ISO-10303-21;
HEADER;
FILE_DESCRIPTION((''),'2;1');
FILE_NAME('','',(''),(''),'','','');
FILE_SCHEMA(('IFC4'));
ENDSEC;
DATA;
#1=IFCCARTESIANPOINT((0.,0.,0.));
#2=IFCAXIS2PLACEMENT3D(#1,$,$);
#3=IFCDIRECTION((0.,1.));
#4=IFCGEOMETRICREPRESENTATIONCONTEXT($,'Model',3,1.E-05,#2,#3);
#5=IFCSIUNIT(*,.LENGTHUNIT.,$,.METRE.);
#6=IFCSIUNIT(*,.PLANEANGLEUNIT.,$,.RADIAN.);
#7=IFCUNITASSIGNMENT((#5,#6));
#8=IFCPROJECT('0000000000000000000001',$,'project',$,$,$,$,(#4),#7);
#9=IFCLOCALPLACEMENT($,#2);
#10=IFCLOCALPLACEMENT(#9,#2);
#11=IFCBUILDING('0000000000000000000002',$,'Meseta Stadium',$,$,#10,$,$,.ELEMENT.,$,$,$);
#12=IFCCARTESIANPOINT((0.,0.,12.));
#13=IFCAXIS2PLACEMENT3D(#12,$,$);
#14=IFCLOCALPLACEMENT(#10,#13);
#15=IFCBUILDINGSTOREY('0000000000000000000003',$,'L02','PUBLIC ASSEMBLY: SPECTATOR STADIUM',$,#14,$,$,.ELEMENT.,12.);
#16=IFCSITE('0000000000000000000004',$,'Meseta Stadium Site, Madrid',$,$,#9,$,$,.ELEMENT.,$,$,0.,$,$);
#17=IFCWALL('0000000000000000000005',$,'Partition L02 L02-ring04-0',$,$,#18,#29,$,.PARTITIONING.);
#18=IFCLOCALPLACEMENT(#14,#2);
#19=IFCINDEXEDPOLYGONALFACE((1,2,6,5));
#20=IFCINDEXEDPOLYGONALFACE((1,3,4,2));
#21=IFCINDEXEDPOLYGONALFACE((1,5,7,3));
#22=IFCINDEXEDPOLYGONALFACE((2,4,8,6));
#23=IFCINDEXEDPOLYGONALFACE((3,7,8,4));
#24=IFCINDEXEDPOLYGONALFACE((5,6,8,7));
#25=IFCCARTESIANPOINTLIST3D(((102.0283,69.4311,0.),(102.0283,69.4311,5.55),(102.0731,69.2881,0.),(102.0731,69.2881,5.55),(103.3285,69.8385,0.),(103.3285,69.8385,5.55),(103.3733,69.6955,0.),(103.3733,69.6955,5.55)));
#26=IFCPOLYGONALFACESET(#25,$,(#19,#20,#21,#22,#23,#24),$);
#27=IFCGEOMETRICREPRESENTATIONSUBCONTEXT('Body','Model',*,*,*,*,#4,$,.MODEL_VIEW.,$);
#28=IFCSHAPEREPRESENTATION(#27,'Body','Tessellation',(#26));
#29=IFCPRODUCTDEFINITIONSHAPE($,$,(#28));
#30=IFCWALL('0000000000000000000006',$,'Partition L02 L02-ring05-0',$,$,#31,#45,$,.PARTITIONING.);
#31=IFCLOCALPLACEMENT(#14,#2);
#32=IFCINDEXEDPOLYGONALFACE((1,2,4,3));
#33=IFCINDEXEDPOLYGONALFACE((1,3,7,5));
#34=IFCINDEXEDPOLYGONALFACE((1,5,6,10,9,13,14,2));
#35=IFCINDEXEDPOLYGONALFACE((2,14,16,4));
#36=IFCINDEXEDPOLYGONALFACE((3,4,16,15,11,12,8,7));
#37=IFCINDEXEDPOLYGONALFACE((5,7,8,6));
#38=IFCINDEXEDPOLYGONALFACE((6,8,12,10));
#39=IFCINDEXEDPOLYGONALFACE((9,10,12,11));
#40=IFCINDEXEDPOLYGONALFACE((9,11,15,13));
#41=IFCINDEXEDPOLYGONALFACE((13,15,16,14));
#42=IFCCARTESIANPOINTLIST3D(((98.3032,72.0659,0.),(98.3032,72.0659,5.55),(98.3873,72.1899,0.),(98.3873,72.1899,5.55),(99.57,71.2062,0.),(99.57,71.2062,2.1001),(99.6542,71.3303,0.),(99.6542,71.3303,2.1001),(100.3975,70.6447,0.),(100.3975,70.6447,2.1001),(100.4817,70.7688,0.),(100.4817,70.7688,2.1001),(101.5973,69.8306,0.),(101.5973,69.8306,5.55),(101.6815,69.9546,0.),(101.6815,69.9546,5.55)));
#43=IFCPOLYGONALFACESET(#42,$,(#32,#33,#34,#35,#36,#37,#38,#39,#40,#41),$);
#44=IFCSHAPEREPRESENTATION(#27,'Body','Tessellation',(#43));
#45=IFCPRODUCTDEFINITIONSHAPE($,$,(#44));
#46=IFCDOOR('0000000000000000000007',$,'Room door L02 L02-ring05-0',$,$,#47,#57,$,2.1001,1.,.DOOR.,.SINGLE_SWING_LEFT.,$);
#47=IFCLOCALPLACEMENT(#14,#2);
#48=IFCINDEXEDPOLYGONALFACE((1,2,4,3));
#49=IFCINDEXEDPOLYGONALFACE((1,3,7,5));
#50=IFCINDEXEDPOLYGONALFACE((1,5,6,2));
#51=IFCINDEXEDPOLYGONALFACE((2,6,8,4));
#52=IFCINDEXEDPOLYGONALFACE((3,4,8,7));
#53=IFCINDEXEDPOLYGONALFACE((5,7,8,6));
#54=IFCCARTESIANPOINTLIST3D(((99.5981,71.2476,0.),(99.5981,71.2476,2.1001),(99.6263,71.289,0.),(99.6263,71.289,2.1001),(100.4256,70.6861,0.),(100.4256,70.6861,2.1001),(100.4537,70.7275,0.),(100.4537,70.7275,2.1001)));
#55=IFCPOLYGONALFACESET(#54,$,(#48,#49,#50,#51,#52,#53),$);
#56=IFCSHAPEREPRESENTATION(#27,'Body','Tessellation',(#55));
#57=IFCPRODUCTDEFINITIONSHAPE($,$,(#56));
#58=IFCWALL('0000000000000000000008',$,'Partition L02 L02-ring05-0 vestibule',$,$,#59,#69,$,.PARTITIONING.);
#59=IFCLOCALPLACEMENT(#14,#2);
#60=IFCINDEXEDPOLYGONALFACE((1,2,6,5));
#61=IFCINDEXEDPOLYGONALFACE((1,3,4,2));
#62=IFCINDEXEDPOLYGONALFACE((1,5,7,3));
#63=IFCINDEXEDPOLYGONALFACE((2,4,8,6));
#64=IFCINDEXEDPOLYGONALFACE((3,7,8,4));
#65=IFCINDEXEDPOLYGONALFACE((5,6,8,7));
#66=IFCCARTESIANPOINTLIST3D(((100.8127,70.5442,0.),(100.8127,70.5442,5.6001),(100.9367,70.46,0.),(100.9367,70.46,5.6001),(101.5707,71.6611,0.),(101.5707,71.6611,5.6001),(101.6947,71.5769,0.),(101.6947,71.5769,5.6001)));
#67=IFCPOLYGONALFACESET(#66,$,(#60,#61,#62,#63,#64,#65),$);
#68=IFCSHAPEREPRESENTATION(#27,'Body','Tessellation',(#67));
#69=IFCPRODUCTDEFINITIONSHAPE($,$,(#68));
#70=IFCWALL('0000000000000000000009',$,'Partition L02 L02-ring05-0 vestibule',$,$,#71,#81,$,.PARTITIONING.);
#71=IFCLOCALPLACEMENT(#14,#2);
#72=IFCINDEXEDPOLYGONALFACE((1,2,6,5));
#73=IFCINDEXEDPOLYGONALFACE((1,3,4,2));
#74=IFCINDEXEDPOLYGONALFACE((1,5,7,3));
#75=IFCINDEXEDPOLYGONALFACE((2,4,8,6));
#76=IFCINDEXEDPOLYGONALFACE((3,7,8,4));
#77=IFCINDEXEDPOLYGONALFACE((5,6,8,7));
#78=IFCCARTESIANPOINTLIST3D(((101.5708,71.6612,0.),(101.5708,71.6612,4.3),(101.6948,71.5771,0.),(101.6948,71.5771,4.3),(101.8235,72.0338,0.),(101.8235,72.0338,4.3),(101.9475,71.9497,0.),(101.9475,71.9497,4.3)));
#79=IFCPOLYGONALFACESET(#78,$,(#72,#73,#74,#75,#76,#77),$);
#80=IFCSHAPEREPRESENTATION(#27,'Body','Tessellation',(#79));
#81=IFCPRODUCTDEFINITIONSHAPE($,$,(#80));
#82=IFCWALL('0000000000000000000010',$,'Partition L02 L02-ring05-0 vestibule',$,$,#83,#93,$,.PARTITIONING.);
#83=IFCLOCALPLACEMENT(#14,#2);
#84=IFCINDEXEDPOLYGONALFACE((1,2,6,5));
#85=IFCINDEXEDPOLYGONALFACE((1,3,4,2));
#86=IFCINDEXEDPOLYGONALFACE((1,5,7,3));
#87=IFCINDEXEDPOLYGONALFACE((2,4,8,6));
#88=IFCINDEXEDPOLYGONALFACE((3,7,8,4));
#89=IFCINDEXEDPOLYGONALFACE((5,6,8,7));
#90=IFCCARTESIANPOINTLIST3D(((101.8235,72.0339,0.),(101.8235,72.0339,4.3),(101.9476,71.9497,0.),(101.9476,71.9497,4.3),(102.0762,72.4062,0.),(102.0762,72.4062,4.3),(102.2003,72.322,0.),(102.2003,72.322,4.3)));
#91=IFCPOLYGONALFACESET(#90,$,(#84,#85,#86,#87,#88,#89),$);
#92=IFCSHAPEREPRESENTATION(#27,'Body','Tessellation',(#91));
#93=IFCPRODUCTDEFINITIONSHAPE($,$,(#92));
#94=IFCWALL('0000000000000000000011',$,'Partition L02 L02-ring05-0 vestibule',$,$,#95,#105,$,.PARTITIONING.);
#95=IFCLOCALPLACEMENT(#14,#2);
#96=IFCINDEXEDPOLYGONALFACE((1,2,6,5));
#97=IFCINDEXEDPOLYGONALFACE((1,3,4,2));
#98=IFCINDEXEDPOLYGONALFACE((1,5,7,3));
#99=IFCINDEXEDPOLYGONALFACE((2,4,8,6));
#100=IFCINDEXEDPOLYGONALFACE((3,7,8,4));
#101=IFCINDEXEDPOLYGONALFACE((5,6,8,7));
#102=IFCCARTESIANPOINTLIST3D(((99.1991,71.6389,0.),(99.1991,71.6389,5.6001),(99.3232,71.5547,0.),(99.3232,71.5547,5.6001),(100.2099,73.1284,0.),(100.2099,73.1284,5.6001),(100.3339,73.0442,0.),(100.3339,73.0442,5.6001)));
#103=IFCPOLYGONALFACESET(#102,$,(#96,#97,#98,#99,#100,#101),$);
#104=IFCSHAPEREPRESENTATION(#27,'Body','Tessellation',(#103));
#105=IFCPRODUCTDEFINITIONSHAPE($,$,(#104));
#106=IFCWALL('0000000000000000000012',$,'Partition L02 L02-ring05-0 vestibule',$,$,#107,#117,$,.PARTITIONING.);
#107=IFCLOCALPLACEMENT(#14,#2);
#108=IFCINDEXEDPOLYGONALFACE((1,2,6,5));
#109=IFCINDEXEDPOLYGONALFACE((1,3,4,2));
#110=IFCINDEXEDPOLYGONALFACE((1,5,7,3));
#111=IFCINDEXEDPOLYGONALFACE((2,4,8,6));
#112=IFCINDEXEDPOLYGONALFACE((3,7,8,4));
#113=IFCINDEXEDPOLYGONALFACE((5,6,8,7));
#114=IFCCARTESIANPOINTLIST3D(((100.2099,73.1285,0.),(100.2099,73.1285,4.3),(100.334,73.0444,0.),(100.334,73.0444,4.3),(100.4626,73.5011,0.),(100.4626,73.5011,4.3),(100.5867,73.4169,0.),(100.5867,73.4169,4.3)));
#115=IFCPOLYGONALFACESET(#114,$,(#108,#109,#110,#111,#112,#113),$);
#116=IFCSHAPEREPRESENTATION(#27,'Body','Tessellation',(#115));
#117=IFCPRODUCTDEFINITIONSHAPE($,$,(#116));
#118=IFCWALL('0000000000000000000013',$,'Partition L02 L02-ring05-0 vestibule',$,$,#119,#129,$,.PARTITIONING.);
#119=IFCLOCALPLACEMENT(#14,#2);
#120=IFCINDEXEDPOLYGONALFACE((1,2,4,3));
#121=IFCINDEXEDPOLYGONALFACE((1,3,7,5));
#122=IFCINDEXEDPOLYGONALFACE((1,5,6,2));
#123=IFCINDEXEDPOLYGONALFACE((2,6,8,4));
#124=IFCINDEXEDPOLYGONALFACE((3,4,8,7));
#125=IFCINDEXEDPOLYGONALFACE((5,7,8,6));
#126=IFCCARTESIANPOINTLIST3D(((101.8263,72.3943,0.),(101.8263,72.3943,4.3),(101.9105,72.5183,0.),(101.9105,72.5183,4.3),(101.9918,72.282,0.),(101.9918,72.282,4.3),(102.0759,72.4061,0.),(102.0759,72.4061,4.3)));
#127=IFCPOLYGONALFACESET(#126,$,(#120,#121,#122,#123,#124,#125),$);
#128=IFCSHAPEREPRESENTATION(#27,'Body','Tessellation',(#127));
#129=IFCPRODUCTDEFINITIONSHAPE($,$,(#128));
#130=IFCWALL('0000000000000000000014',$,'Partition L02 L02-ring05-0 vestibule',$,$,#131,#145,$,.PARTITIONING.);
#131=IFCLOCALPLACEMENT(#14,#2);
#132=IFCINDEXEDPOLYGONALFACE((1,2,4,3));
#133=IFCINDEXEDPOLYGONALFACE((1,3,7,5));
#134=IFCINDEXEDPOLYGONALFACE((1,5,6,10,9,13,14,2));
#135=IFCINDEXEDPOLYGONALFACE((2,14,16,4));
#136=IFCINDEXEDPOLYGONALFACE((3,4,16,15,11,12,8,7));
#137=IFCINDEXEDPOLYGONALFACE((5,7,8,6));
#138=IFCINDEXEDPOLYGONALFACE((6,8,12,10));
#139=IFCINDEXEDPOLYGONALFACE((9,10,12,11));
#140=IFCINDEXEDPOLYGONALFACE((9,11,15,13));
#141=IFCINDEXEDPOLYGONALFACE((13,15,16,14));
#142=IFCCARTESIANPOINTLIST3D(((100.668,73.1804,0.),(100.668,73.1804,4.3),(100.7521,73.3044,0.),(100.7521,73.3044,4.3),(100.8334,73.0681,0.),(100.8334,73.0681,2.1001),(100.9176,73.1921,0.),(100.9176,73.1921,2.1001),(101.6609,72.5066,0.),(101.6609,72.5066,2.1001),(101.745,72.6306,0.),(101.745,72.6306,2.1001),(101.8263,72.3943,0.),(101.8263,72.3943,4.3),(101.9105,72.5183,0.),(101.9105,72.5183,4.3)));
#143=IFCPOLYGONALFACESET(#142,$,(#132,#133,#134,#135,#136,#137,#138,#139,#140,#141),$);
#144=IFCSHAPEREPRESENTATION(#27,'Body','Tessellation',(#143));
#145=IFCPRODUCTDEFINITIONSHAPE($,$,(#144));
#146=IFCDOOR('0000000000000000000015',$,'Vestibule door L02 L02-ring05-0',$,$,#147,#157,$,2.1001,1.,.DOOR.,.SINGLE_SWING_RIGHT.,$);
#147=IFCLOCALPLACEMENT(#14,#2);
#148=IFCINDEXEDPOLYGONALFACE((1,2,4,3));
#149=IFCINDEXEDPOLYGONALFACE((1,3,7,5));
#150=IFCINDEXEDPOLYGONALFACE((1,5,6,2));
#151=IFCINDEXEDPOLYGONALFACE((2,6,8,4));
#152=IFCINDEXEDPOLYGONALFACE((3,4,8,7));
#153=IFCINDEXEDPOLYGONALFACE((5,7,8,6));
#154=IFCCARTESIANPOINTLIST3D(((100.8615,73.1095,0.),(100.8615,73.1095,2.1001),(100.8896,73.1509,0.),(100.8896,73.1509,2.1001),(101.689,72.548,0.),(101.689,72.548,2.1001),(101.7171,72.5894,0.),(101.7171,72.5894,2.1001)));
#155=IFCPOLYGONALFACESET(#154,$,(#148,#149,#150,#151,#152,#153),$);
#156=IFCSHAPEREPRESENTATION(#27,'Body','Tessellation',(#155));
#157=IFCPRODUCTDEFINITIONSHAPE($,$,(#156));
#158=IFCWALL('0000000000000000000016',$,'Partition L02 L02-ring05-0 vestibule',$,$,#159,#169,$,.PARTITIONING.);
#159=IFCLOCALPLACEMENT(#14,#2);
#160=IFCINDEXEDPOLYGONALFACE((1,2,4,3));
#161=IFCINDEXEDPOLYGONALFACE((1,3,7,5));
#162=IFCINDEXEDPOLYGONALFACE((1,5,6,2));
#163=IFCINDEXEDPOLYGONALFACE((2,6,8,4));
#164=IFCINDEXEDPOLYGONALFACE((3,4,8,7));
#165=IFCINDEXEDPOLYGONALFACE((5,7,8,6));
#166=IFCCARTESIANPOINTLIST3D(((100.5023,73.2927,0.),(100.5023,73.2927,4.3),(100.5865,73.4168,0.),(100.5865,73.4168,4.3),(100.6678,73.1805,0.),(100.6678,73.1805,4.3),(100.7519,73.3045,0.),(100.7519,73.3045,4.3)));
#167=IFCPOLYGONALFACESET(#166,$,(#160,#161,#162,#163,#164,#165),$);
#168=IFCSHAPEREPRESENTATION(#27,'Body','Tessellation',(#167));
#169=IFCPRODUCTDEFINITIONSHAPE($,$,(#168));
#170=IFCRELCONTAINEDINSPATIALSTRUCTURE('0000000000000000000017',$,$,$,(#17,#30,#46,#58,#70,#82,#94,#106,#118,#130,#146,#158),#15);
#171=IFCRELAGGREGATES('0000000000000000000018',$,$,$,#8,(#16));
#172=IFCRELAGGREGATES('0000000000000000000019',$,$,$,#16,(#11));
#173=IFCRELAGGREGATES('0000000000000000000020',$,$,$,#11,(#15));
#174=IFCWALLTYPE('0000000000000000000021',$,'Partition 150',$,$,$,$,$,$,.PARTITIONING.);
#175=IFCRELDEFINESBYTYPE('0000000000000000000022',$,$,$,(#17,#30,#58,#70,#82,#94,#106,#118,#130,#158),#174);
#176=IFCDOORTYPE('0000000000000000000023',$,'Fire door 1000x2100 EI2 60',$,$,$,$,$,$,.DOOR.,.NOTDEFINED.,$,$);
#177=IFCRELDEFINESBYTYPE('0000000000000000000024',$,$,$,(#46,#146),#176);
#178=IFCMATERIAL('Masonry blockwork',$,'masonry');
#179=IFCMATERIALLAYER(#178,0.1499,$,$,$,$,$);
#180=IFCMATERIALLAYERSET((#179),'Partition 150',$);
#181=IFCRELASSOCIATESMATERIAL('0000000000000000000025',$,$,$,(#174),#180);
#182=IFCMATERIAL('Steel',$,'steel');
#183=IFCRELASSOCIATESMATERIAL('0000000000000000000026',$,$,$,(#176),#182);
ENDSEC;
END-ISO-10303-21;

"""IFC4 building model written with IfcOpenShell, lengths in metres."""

from ifc_helpers import new_model, si_unit, direction, frame, frame_2d, origin, place, context, subcontext, project, spatial, rectangle, extrude, material, layer, layer_set, type_object, element, fill, save


model = new_model("IFC4")

# Units and contexts
model_context = context("Model", 3, precision=1e-05, world=origin(), true_north=direction((0.0, 1.0)))
body_context = subcontext(model_context, "Body", "Model", "MODEL_VIEW")
ifc_project = project(units=[si_unit("LENGTHUNIT", "METRE"), si_unit("PLANEANGLEUNIT", "RADIAN")], contexts=[model_context])

# Site, building, storey
site_placement = place(None, origin())
site = spatial("IfcSite", under=ifc_project, at=site_placement, Name="Meseta Stadium Site, Madrid", CompositionType="ELEMENT", RefElevation=0.0)
building_placement = place(site_placement, origin())
building = spatial("IfcBuilding", under=site, at=building_placement, Name="Meseta Stadium", CompositionType="ELEMENT")
storey_placement = place(building_placement, frame((0.0, 0.0, 12.0)))
storey = spatial("IfcBuildingStorey", under=building, at=storey_placement, Name="L02", Description="PUBLIC ASSEMBLY: SPECTATOR STADIUM", CompositionType="ELEMENT", Elevation=12.0)

# Wall
ifc_material_1 = material(Name="Masonry blockwork", Category="masonry")
ifc_layer_1 = layer(ifc_material_1, 0.1499)
ifc_layer_set_1 = layer_set([ifc_layer_1], Name="Partition 150")
wall_type_1 = type_object("IfcWallType", Name="Partition 150", PredefinedType="PARTITIONING", material=ifc_layer_set_1)
wall_1_placement = place(storey_placement, frame((102.0508, 69.3596, 0.0), z_axis=(0.0, 0.0, 1.0), x_axis=(0.954244, 0.29903, 0.0)))
element("IfcWall", 1, at=wall_1_placement, inside=storey, type_object=wall_type_1, Name="Partition L02 L02-ring04-0", PredefinedType="PARTITIONING", context=body_context, shape_type="SweptSolid", body=[
    extrude(rectangle(XDim=1.3625, YDim=0.1499, at=frame_2d((0.6812, 0.0))), origin(), (0.0, 0.0, 1.0), 5.55),
])

# Wall, opening, door
wall_2_placement = place(storey_placement, frame((101.6394, 69.8926, 0.0), z_axis=(0.0, 0.0, 1.0), x_axis=(-0.827475, 0.561503, 0.0)))
wall_2 = element("IfcWall", 2, at=wall_2_placement, inside=storey, type_object=wall_type_1, Name="Partition L02 L02-ring05-0", PredefinedType="PARTITIONING", context=body_context, shape_type="SweptSolid", body=[
    extrude(rectangle(XDim=3.981, YDim=0.1499, at=frame_2d((1.9905, 0.0))), origin(), (0.0, 0.0, 1.0), 5.55),
])
opening_1_placement = place(wall_2_placement, frame((1.45, 0.0, 0.0)))
opening_1 = element("IfcOpeningElement", 3, at=opening_1_placement, cuts=wall_2, PredefinedType="OPENING", context=body_context, shape_type="SweptSolid", body=[
    extrude(rectangle(XDim=1.0, YDim=2.1001, at=frame_2d((0.5, 1.05))), frame((0.0, 0.085, 0.0), z_axis=(0.0, -1.0, 0.0), x_axis=(1.0, 0.0, 0.0)), (0.0, 0.0, 1.0), 0.1699),
])
ifc_material_2 = material(Name="Steel", Category="steel")
door_type = type_object("IfcDoorType", Name="Fire door 1000x2100 EI2 60", OperationType="NOTDEFINED", PredefinedType="DOOR", material=ifc_material_2)
door_1_placement = place(opening_1_placement, origin())
door_1 = element("IfcDoor", 4, at=door_1_placement, inside=storey, type_object=door_type, Name="Room door L02 L02-ring05-0", OperationType="SINGLE_SWING_LEFT", OverallHeight=2.1001, OverallWidth=1.0, PredefinedType="DOOR", context=body_context, shape_type="SweptSolid", body=[
    extrude(rectangle(XDim=1.0, YDim=2.1001, at=frame_2d((0.5, 1.05))), frame((0.0, 0.0249, 0.0), z_axis=(0.0, -1.0, 0.0), x_axis=(1.0, 0.0, 0.0)), (0.0, 0.0, 1.0), 0.05),
])
fill(opening_1, door_1)

# Walls
wall_3_placement = place(storey_placement, frame((100.8748, 70.5022, 0.0), z_axis=(0.0, 0.0, 1.0), x_axis=(0.561568, 0.827431, 0.0)))
element("IfcWall", 5, at=wall_3_placement, inside=storey, type_object=wall_type_1, Name="Partition L02 L02-ring05-0 vestibule", PredefinedType="PARTITIONING", context=body_context, shape_type="SweptSolid", body=[
    extrude(rectangle(XDim=1.3499, YDim=0.1499, at=frame_2d((0.6748, 0.0))), origin(), (0.0, 0.0, 1.0), 5.6001),
])
wall_4_placement = place(storey_placement, frame((101.6328, 71.6191, 0.0), z_axis=(0.0, 0.0, 1.0), x_axis=(0.561316, 0.827602, 0.0)))
element("IfcWall", 6, at=wall_4_placement, inside=storey, type_object=wall_type_1, Name="Partition L02 L02-ring05-0 vestibule", PredefinedType="PARTITIONING", context=body_context, shape_type="SweptSolid", body=[
    extrude(rectangle(XDim=0.4502, YDim=0.1499, at=frame_2d((0.2251, 0.0))), origin(), (0.0, 0.0, 1.0), 4.3),
])
wall_5_placement = place(storey_placement, frame((101.8855, 71.9917, 0.0), z_axis=(0.0, 0.0, 1.0), x_axis=(0.561568, 0.827431, 0.0)))
element("IfcWall", 7, at=wall_5_placement, inside=storey, type_object=wall_type_1, Name="Partition L02 L02-ring05-0 vestibule", PredefinedType="PARTITIONING", context=body_context, shape_type="SweptSolid", body=[
    extrude(rectangle(XDim=0.45, YDim=0.1499, at=frame_2d((0.2251, 0.0))), origin(), (0.0, 0.0, 1.0), 4.3),
])
wall_6_placement = place(storey_placement, frame((99.2612, 71.5969, 0.0), z_axis=(0.0, 0.0, 1.0), x_axis=(0.561505, 0.827474, 0.0)))
element("IfcWall", 8, at=wall_6_placement, inside=storey, type_object=wall_type_1, Name="Partition L02 L02-ring05-0 vestibule", PredefinedType="PARTITIONING", context=body_context, shape_type="SweptSolid", body=[
    extrude(rectangle(XDim=1.8, YDim=0.1499, at=frame_2d((0.8999, 0.0))), origin(), (0.0, 0.0, 1.0), 5.6001),
])
wall_7_placement = place(storey_placement, frame((100.272, 73.0864, 0.0), z_axis=(0.0, 0.0, 1.0), x_axis=(0.561316, 0.827602, 0.0)))
element("IfcWall", 9, at=wall_7_placement, inside=storey, type_object=wall_type_1, Name="Partition L02 L02-ring05-0 vestibule", PredefinedType="PARTITIONING", context=body_context, shape_type="SweptSolid", body=[
    extrude(rectangle(XDim=0.4502, YDim=0.1499, at=frame_2d((0.2251, 0.0))), origin(), (0.0, 0.0, 1.0), 4.3),
])
wall_8_placement = place(storey_placement, frame((102.0339, 72.344, 0.0), z_axis=(0.0, 0.0, 1.0), x_axis=(-0.827516, 0.561442, 0.0)))
element("IfcWall", 10, at=wall_8_placement, inside=storey, type_object=wall_type_1, Name="Partition L02 L02-ring05-0 vestibule", PredefinedType="PARTITIONING", context=body_context, shape_type="SweptSolid", body=[
    extrude(rectangle(XDim=0.2, YDim=0.1499, at=frame_2d((0.1001, 0.0))), origin(), (0.0, 0.0, 1.0), 4.3),
])

# Wall, opening, door
wall_9_placement = place(storey_placement, frame((101.8684, 72.4563, 0.0), z_axis=(0.0, 0.0, 1.0), x_axis=(-0.827461, 0.561523, 0.0)))
wall_9 = element("IfcWall", 11, at=wall_9_placement, inside=storey, type_object=wall_type_1, Name="Partition L02 L02-ring05-0 vestibule", PredefinedType="PARTITIONING", context=body_context, shape_type="SweptSolid", body=[
    extrude(rectangle(XDim=1.3999, YDim=0.1499, at=frame_2d((0.7, 0.0))), origin(), (0.0, 0.0, 1.0), 4.3),
])
opening_2_placement = place(wall_9_placement, frame((0.2, 0.0, 0.0)))
opening_2 = element("IfcOpeningElement", 12, at=opening_2_placement, cuts=wall_9, PredefinedType="OPENING", context=body_context, shape_type="SweptSolid", body=[
    extrude(rectangle(XDim=1.0, YDim=2.1001, at=frame_2d((0.5, 1.05))), frame((0.0, 0.085, 0.0), z_axis=(0.0, -1.0, 0.0), x_axis=(1.0, 0.0, 0.0)), (0.0, 0.0, 1.0), 0.1699),
])
door_2_placement = place(opening_2_placement, origin())
door_2 = element("IfcDoor", 13, at=door_2_placement, inside=storey, type_object=door_type, Name="Vestibule door L02 L02-ring05-0", OperationType="SINGLE_SWING_RIGHT", OverallHeight=2.1001, OverallWidth=1.0, PredefinedType="DOOR", context=body_context, shape_type="SweptSolid", body=[
    extrude(rectangle(XDim=1.0, YDim=2.1001, at=frame_2d((0.5, 1.05))), frame((0.0, 0.0249, 0.0), z_axis=(0.0, -1.0, 0.0), x_axis=(1.0, 0.0, 0.0)), (0.0, 0.0, 1.0), 0.05),
])
fill(opening_2, door_2)

# Wall
wall_10_placement = place(storey_placement, frame((100.71, 73.2424, 0.0), z_axis=(0.0, 0.0, 1.0), x_axis=(-0.827516, 0.561442, 0.0)))
element("IfcWall", 14, at=wall_10_placement, inside=storey, type_object=wall_type_1, Name="Partition L02 L02-ring05-0 vestibule", PredefinedType="PARTITIONING", context=body_context, shape_type="SweptSolid", body=[
    extrude(rectangle(XDim=0.2, YDim=0.1499, at=frame_2d((0.1001, 0.0))), origin(), (0.0, 0.0, 1.0), 4.3),
])

save(model, "model.ifc")
